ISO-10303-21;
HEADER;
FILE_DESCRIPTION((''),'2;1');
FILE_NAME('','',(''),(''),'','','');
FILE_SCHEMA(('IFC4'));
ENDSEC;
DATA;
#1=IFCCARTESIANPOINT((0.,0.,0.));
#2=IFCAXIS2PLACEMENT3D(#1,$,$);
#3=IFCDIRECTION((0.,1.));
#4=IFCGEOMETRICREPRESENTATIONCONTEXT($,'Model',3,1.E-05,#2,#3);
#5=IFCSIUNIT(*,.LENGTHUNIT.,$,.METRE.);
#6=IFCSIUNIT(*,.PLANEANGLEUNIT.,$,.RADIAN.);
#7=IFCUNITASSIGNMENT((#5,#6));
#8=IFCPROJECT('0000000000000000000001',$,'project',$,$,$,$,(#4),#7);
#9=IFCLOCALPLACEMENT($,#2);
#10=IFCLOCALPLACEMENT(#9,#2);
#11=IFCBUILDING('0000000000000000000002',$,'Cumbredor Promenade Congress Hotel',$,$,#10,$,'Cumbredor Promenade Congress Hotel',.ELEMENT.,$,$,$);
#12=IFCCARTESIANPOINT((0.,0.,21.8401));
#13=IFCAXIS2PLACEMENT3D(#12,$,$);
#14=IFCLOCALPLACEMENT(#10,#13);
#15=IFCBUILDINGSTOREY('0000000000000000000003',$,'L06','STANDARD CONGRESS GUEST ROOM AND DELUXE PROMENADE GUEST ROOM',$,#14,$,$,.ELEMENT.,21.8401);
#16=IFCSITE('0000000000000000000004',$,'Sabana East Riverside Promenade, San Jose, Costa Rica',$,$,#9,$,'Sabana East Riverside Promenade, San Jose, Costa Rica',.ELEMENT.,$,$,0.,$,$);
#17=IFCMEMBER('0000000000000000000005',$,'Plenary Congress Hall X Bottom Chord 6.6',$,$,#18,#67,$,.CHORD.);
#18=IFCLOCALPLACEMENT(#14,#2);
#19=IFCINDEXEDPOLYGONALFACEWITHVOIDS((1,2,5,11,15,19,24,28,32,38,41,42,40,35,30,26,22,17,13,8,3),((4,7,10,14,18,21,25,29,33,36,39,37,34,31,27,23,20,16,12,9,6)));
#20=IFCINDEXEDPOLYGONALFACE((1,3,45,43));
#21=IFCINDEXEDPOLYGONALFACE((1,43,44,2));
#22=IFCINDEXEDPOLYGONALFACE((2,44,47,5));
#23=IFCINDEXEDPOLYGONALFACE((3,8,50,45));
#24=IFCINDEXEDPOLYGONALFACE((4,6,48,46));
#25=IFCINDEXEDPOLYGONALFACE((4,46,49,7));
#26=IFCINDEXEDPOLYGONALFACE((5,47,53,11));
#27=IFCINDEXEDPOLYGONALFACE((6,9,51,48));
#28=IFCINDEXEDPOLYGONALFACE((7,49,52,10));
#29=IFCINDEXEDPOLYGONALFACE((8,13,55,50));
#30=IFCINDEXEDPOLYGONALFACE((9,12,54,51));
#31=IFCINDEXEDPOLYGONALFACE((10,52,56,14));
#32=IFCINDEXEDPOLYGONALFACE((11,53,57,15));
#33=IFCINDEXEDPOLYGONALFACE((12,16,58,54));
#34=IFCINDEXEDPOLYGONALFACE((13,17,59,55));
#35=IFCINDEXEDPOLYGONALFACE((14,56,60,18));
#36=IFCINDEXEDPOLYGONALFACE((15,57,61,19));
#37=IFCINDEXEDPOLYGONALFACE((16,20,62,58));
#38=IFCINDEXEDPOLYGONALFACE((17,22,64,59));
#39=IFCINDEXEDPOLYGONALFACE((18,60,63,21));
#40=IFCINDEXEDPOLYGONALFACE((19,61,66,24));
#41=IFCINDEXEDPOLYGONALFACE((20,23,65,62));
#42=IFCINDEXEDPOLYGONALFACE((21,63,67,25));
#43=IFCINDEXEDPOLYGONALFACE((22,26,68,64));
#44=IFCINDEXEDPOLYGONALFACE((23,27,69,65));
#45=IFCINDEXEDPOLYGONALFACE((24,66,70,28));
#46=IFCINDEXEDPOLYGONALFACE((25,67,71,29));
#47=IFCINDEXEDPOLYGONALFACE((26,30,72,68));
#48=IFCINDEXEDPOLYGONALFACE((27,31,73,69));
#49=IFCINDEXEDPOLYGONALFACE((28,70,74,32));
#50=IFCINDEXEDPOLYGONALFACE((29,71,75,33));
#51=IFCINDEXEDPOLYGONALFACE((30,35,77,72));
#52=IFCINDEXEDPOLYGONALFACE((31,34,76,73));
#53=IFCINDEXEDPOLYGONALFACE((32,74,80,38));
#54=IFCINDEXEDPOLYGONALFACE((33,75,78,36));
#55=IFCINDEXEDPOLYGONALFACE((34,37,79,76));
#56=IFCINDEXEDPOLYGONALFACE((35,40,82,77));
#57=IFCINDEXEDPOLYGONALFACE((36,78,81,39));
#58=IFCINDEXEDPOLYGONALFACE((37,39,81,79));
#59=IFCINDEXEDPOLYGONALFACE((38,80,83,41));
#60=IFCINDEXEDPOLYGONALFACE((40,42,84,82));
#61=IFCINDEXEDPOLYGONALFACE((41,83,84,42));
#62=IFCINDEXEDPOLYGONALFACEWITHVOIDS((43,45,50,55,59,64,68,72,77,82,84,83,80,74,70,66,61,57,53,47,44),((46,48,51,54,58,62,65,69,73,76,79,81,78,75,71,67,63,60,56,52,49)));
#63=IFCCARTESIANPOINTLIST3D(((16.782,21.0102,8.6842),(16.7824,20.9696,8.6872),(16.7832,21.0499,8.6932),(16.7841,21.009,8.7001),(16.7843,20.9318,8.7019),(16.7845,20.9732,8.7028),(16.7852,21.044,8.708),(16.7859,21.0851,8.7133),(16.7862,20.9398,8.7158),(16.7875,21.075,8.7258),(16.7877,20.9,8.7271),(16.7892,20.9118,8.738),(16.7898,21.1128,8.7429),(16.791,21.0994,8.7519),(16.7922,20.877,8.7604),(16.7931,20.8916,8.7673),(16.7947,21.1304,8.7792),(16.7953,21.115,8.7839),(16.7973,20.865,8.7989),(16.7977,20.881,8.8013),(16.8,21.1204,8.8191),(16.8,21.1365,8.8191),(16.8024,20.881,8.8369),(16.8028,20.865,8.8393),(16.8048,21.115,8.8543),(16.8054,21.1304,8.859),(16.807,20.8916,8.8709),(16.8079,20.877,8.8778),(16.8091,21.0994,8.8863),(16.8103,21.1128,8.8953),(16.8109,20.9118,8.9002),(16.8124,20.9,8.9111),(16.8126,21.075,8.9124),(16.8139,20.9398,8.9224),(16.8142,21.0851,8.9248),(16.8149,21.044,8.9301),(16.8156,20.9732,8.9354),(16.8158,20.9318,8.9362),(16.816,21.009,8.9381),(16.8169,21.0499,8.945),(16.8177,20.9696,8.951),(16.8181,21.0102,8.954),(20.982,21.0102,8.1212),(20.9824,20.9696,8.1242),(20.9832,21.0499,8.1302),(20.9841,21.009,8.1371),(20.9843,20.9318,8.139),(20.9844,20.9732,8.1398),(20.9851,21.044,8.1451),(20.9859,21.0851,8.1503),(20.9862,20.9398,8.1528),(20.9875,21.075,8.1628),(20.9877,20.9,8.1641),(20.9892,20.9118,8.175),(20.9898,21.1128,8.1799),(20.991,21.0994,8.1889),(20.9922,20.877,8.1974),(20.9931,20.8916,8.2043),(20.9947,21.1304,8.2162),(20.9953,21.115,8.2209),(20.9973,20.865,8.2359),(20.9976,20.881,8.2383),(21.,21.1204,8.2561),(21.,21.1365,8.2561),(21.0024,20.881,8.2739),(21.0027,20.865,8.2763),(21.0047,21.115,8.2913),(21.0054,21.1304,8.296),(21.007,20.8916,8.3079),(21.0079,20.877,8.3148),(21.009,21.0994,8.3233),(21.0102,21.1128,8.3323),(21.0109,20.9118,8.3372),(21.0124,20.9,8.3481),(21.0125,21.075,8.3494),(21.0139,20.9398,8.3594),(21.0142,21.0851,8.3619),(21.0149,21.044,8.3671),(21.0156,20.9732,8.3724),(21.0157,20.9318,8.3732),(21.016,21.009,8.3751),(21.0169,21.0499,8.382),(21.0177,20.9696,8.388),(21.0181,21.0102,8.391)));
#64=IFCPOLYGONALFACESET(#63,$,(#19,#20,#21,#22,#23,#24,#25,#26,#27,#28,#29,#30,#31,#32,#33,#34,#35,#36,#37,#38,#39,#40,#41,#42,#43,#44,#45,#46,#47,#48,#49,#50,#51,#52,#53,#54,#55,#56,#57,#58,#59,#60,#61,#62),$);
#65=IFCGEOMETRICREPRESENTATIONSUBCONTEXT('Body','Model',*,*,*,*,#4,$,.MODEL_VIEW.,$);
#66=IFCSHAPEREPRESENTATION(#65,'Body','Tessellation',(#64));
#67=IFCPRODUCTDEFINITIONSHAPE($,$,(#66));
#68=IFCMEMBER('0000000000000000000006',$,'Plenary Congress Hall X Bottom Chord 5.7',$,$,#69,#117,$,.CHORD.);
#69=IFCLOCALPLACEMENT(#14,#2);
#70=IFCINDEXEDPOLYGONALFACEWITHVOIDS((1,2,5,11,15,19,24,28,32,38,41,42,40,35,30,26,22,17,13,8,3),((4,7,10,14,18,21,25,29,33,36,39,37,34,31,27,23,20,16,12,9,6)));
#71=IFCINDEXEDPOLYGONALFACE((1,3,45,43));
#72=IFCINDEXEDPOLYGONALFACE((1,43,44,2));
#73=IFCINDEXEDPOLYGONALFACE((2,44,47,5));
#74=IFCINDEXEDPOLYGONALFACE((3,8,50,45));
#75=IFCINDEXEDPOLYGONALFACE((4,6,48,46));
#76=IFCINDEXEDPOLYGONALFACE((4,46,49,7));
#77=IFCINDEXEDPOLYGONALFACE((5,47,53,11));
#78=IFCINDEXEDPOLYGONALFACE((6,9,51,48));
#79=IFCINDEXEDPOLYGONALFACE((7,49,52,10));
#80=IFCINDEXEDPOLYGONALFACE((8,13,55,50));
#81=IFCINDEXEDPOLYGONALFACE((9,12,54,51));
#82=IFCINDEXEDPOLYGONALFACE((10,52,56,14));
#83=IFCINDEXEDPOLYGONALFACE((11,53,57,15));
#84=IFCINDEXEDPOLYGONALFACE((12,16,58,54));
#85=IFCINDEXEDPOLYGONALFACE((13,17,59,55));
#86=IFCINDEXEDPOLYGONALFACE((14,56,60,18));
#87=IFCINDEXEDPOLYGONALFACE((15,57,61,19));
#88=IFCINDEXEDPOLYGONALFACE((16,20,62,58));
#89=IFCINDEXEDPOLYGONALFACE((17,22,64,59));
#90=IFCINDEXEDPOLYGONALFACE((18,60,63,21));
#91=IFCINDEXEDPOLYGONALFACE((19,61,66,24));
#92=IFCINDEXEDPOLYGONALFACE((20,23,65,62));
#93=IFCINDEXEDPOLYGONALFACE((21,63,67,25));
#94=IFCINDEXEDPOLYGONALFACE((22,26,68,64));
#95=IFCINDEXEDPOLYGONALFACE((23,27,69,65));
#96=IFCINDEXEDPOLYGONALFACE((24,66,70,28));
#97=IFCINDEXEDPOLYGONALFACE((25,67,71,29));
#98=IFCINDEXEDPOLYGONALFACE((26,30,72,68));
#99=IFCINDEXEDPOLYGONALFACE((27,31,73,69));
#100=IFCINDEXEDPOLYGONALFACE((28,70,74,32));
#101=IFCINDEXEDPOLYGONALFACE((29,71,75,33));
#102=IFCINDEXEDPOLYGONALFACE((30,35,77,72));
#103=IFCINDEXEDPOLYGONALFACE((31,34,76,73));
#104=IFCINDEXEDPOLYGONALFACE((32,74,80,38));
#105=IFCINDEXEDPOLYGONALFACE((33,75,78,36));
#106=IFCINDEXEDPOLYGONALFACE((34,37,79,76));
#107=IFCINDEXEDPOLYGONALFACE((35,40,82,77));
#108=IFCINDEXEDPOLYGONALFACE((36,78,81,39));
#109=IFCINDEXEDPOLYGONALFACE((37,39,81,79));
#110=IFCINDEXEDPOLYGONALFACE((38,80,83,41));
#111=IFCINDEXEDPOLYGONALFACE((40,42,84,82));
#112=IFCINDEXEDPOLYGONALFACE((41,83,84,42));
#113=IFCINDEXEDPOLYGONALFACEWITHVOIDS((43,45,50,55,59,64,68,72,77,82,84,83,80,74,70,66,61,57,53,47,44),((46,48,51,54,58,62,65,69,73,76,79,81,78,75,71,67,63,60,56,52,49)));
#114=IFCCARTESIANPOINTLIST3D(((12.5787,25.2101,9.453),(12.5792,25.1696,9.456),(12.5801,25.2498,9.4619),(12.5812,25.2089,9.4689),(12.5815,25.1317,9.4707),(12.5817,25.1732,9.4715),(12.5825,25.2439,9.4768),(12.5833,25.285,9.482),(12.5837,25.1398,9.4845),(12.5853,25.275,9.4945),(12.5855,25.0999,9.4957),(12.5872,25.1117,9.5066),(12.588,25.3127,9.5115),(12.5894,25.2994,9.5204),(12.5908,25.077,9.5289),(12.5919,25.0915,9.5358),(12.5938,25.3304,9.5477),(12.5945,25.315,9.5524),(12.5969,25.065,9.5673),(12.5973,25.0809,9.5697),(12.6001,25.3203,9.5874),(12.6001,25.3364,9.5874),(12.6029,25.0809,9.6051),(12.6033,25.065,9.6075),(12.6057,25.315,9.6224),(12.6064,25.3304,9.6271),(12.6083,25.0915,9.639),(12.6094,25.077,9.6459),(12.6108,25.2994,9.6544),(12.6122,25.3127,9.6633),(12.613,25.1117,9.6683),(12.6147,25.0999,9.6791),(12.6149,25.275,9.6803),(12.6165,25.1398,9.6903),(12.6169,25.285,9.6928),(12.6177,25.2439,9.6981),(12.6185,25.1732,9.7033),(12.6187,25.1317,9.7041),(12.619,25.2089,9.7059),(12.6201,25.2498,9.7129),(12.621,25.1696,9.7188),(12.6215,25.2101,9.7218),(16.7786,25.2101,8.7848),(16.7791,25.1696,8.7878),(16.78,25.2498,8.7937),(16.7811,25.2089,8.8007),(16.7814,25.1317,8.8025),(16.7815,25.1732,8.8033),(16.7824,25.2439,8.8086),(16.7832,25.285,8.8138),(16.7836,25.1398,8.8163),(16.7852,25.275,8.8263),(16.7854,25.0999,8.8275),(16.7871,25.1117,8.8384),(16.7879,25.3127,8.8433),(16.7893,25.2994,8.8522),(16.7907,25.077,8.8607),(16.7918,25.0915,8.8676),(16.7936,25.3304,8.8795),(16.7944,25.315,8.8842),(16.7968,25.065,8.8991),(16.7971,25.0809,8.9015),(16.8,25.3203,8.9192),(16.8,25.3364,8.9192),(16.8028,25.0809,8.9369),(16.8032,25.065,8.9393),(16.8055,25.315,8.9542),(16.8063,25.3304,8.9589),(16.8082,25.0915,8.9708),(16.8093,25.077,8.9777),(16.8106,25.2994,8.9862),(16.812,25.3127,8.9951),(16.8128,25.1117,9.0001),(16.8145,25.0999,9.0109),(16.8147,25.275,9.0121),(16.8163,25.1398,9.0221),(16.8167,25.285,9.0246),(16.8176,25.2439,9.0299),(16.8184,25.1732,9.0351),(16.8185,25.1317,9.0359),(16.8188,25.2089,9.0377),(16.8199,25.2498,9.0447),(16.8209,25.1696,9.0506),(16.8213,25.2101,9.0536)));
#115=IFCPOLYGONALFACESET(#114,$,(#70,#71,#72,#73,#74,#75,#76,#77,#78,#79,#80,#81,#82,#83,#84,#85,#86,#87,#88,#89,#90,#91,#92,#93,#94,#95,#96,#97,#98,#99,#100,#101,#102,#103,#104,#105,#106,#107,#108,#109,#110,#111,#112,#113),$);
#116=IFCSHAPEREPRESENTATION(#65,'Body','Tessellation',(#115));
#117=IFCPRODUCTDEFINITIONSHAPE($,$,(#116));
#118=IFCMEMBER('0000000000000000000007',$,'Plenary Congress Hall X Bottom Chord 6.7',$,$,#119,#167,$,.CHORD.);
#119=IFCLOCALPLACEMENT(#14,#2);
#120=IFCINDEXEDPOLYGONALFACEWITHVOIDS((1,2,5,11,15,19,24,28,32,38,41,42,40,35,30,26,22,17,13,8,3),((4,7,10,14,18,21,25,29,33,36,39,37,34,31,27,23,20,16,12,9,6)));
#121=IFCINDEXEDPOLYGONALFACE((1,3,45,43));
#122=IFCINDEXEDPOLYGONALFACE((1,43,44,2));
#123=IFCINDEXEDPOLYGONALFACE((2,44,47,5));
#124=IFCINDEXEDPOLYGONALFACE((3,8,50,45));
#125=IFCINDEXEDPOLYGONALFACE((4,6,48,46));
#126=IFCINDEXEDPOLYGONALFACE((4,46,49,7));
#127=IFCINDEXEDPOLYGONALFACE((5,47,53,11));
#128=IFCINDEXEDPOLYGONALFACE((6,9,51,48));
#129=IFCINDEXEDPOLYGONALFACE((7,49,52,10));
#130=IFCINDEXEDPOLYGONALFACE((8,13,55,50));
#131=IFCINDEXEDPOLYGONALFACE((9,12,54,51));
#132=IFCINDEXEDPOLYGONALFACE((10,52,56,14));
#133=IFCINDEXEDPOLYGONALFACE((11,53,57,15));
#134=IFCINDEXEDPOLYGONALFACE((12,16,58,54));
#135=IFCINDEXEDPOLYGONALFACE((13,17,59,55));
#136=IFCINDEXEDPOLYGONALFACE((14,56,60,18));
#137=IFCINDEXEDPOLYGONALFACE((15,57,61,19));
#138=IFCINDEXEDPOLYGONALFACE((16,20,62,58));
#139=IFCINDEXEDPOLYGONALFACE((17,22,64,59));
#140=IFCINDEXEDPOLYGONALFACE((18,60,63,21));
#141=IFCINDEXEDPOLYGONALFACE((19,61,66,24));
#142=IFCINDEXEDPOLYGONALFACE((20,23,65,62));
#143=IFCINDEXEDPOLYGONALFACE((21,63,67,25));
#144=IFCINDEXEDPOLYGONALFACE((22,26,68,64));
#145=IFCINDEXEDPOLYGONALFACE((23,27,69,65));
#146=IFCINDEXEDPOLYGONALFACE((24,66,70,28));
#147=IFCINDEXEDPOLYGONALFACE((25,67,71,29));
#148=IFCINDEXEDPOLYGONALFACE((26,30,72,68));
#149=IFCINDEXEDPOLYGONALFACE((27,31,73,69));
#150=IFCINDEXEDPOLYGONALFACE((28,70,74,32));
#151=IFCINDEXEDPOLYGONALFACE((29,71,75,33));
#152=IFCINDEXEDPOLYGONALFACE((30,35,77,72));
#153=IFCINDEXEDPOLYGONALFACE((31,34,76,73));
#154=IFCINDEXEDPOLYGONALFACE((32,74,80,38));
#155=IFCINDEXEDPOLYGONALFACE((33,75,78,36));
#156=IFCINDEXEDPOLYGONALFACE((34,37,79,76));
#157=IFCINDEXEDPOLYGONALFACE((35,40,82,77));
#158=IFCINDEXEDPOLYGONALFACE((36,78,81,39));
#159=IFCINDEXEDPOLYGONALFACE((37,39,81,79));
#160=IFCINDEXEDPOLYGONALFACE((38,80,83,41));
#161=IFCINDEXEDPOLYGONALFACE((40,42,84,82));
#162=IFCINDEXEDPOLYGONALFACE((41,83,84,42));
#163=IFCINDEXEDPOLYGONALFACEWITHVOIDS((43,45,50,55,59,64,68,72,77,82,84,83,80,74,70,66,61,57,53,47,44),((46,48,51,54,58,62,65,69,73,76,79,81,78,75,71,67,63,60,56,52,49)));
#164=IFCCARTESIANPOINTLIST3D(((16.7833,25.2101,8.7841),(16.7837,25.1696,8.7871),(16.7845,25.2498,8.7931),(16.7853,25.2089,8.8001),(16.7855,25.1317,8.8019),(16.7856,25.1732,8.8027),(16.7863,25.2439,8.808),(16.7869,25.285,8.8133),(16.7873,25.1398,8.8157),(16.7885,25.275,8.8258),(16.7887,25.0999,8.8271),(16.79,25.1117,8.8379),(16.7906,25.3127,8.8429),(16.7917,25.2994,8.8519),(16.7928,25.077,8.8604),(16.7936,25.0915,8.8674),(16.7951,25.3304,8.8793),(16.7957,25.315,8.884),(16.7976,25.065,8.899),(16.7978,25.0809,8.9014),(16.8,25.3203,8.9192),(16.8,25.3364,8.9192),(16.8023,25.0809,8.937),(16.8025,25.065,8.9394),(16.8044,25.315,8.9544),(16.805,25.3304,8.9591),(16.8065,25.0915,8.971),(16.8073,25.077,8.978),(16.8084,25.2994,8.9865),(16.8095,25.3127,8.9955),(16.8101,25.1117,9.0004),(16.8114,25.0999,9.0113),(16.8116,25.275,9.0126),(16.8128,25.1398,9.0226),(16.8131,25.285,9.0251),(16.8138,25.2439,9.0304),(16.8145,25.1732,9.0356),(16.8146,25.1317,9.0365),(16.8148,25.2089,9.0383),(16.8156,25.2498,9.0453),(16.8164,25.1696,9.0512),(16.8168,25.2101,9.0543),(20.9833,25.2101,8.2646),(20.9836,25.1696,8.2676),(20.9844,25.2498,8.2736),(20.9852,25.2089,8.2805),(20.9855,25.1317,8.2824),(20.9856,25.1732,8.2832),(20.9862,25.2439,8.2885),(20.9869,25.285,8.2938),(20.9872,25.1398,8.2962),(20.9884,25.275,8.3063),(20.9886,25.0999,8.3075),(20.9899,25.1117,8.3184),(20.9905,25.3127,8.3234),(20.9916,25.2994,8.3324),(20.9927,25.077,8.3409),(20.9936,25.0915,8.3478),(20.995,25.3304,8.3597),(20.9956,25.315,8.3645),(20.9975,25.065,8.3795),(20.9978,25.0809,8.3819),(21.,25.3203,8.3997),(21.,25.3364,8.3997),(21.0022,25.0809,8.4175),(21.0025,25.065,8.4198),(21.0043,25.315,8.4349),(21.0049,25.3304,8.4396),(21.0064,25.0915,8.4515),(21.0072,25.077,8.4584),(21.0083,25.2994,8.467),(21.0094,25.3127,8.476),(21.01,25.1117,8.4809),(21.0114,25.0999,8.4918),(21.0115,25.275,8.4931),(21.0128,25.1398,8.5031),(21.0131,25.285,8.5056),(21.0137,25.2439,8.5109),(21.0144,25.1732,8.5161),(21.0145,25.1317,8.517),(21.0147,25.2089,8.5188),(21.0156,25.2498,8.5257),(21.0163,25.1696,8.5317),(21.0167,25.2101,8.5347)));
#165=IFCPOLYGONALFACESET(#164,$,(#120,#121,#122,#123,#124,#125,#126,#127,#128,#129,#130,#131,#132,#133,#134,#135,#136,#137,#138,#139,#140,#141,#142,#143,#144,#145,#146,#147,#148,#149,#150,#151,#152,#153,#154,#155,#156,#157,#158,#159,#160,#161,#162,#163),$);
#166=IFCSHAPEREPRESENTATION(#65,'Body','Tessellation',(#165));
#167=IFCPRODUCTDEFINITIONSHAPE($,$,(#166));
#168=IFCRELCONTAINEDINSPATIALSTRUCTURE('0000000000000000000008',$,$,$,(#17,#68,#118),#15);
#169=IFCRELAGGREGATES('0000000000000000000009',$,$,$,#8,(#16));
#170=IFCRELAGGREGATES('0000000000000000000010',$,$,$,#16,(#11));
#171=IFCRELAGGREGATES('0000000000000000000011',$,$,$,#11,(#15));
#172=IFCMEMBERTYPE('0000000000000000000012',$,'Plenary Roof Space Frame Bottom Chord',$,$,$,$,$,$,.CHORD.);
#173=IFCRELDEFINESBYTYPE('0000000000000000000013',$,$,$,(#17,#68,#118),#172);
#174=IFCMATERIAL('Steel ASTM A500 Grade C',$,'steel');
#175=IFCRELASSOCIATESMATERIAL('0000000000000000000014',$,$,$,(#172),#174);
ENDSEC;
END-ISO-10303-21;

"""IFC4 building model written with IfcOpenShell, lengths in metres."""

from ifc_helpers import new_model, si_unit, direction, frame, origin, origin_2d, place, context, subcontext, project, spatial, hollow_circle, extrude, material, material_profile, profile_set, type_object, element, save


model = new_model("IFC4")

# Units and contexts
model_context = context("Model", 3, precision=1e-05, world=origin(), true_north=direction((0.0, 1.0)))
body_context = subcontext(model_context, "Body", "Model", "MODEL_VIEW")
ifc_project = project(units=[si_unit("LENGTHUNIT", "METRE"), si_unit("PLANEANGLEUNIT", "RADIAN")], contexts=[model_context])

# Site, building, storey
site_placement = place(None, origin())
site = spatial("IfcSite", under=ifc_project, at=site_placement, Name="Sabana East Riverside Promenade, San Jose, Costa Rica", LongName="Sabana East Riverside Promenade, San Jose, Costa Rica", CompositionType="ELEMENT", RefElevation=0.0)
building_placement = place(site_placement, origin())
building = spatial("IfcBuilding", under=site, at=building_placement, Name="Cumbredor Promenade Congress Hotel", LongName="Cumbredor Promenade Congress Hotel", CompositionType="ELEMENT")
storey_placement = place(building_placement, frame((0.0, 0.0, 21.8401)))
storey = spatial("IfcBuildingStorey", under=building, at=storey_placement, Name="L06", Description="STANDARD CONGRESS GUEST ROOM AND DELUXE PROMENADE GUEST ROOM", CompositionType="ELEMENT", Elevation=21.8401)

# Members
ifc_material_1 = material(Name="Steel ASTM A500 Grade C", Category="steel")
ifc_material_profile_1 = material_profile(ifc_material_1, hollow_circle(Radius=0.1365, WallThickness=0.0161, at=origin_2d()), Name="CHS 273.0x16")
ifc_profile_set_1 = profile_set([ifc_material_profile_1], Name="Steel ASTM A500 Grade C")
member_type_1 = type_object("IfcMemberType", Name="Plenary Roof Space Frame Bottom Chord", PredefinedType="CHORD", material=ifc_profile_set_1)
member_1_placement = place(storey_placement, frame((16.8, 21.0, 8.8191), z_axis=(0.991135, 0.0, -0.132858), x_axis=(0.0, 1.0, 0.0)))
element("IfcMember", 1, at=member_1_placement, inside=storey, type_object=member_type_1, Name="Plenary Congress Hall X Bottom Chord 6.6", PredefinedType="CHORD", context=body_context, shape_type="SweptSolid", body=[
    extrude(hollow_circle(Radius=0.1365, WallThickness=0.0161, at=origin_2d()), origin(), (0.0, 0.0, 1.0), 4.2375),
])
member_2_placement = place(storey_placement, frame((12.6001, 25.2, 9.5874), z_axis=(0.987579, 0.0, -0.157124), x_axis=(0.0, 1.0, 0.0)))
element("IfcMember", 2, at=member_2_placement, inside=storey, type_object=member_type_1, Name="Plenary Congress Hall X Bottom Chord 5.7", PredefinedType="CHORD", context=body_context, shape_type="SweptSolid", body=[
    extrude(hollow_circle(Radius=0.1365, WallThickness=0.0161, at=origin_2d()), origin(), (0.0, 0.0, 1.0), 4.2527),
])
member_3_placement = place(storey_placement, frame((16.8, 25.2, 8.9192), z_axis=(0.992436, 0.0, -0.122764), x_axis=(0.0, 1.0, 0.0)))
element("IfcMember", 3, at=member_3_placement, inside=storey, type_object=member_type_1, Name="Plenary Congress Hall X Bottom Chord 6.7", PredefinedType="CHORD", context=body_context, shape_type="SweptSolid", body=[
    extrude(hollow_circle(Radius=0.1365, WallThickness=0.0161, at=origin_2d()), origin(), (0.0, 0.0, 1.0), 4.2319),
])

save(model, "model.ifc")
